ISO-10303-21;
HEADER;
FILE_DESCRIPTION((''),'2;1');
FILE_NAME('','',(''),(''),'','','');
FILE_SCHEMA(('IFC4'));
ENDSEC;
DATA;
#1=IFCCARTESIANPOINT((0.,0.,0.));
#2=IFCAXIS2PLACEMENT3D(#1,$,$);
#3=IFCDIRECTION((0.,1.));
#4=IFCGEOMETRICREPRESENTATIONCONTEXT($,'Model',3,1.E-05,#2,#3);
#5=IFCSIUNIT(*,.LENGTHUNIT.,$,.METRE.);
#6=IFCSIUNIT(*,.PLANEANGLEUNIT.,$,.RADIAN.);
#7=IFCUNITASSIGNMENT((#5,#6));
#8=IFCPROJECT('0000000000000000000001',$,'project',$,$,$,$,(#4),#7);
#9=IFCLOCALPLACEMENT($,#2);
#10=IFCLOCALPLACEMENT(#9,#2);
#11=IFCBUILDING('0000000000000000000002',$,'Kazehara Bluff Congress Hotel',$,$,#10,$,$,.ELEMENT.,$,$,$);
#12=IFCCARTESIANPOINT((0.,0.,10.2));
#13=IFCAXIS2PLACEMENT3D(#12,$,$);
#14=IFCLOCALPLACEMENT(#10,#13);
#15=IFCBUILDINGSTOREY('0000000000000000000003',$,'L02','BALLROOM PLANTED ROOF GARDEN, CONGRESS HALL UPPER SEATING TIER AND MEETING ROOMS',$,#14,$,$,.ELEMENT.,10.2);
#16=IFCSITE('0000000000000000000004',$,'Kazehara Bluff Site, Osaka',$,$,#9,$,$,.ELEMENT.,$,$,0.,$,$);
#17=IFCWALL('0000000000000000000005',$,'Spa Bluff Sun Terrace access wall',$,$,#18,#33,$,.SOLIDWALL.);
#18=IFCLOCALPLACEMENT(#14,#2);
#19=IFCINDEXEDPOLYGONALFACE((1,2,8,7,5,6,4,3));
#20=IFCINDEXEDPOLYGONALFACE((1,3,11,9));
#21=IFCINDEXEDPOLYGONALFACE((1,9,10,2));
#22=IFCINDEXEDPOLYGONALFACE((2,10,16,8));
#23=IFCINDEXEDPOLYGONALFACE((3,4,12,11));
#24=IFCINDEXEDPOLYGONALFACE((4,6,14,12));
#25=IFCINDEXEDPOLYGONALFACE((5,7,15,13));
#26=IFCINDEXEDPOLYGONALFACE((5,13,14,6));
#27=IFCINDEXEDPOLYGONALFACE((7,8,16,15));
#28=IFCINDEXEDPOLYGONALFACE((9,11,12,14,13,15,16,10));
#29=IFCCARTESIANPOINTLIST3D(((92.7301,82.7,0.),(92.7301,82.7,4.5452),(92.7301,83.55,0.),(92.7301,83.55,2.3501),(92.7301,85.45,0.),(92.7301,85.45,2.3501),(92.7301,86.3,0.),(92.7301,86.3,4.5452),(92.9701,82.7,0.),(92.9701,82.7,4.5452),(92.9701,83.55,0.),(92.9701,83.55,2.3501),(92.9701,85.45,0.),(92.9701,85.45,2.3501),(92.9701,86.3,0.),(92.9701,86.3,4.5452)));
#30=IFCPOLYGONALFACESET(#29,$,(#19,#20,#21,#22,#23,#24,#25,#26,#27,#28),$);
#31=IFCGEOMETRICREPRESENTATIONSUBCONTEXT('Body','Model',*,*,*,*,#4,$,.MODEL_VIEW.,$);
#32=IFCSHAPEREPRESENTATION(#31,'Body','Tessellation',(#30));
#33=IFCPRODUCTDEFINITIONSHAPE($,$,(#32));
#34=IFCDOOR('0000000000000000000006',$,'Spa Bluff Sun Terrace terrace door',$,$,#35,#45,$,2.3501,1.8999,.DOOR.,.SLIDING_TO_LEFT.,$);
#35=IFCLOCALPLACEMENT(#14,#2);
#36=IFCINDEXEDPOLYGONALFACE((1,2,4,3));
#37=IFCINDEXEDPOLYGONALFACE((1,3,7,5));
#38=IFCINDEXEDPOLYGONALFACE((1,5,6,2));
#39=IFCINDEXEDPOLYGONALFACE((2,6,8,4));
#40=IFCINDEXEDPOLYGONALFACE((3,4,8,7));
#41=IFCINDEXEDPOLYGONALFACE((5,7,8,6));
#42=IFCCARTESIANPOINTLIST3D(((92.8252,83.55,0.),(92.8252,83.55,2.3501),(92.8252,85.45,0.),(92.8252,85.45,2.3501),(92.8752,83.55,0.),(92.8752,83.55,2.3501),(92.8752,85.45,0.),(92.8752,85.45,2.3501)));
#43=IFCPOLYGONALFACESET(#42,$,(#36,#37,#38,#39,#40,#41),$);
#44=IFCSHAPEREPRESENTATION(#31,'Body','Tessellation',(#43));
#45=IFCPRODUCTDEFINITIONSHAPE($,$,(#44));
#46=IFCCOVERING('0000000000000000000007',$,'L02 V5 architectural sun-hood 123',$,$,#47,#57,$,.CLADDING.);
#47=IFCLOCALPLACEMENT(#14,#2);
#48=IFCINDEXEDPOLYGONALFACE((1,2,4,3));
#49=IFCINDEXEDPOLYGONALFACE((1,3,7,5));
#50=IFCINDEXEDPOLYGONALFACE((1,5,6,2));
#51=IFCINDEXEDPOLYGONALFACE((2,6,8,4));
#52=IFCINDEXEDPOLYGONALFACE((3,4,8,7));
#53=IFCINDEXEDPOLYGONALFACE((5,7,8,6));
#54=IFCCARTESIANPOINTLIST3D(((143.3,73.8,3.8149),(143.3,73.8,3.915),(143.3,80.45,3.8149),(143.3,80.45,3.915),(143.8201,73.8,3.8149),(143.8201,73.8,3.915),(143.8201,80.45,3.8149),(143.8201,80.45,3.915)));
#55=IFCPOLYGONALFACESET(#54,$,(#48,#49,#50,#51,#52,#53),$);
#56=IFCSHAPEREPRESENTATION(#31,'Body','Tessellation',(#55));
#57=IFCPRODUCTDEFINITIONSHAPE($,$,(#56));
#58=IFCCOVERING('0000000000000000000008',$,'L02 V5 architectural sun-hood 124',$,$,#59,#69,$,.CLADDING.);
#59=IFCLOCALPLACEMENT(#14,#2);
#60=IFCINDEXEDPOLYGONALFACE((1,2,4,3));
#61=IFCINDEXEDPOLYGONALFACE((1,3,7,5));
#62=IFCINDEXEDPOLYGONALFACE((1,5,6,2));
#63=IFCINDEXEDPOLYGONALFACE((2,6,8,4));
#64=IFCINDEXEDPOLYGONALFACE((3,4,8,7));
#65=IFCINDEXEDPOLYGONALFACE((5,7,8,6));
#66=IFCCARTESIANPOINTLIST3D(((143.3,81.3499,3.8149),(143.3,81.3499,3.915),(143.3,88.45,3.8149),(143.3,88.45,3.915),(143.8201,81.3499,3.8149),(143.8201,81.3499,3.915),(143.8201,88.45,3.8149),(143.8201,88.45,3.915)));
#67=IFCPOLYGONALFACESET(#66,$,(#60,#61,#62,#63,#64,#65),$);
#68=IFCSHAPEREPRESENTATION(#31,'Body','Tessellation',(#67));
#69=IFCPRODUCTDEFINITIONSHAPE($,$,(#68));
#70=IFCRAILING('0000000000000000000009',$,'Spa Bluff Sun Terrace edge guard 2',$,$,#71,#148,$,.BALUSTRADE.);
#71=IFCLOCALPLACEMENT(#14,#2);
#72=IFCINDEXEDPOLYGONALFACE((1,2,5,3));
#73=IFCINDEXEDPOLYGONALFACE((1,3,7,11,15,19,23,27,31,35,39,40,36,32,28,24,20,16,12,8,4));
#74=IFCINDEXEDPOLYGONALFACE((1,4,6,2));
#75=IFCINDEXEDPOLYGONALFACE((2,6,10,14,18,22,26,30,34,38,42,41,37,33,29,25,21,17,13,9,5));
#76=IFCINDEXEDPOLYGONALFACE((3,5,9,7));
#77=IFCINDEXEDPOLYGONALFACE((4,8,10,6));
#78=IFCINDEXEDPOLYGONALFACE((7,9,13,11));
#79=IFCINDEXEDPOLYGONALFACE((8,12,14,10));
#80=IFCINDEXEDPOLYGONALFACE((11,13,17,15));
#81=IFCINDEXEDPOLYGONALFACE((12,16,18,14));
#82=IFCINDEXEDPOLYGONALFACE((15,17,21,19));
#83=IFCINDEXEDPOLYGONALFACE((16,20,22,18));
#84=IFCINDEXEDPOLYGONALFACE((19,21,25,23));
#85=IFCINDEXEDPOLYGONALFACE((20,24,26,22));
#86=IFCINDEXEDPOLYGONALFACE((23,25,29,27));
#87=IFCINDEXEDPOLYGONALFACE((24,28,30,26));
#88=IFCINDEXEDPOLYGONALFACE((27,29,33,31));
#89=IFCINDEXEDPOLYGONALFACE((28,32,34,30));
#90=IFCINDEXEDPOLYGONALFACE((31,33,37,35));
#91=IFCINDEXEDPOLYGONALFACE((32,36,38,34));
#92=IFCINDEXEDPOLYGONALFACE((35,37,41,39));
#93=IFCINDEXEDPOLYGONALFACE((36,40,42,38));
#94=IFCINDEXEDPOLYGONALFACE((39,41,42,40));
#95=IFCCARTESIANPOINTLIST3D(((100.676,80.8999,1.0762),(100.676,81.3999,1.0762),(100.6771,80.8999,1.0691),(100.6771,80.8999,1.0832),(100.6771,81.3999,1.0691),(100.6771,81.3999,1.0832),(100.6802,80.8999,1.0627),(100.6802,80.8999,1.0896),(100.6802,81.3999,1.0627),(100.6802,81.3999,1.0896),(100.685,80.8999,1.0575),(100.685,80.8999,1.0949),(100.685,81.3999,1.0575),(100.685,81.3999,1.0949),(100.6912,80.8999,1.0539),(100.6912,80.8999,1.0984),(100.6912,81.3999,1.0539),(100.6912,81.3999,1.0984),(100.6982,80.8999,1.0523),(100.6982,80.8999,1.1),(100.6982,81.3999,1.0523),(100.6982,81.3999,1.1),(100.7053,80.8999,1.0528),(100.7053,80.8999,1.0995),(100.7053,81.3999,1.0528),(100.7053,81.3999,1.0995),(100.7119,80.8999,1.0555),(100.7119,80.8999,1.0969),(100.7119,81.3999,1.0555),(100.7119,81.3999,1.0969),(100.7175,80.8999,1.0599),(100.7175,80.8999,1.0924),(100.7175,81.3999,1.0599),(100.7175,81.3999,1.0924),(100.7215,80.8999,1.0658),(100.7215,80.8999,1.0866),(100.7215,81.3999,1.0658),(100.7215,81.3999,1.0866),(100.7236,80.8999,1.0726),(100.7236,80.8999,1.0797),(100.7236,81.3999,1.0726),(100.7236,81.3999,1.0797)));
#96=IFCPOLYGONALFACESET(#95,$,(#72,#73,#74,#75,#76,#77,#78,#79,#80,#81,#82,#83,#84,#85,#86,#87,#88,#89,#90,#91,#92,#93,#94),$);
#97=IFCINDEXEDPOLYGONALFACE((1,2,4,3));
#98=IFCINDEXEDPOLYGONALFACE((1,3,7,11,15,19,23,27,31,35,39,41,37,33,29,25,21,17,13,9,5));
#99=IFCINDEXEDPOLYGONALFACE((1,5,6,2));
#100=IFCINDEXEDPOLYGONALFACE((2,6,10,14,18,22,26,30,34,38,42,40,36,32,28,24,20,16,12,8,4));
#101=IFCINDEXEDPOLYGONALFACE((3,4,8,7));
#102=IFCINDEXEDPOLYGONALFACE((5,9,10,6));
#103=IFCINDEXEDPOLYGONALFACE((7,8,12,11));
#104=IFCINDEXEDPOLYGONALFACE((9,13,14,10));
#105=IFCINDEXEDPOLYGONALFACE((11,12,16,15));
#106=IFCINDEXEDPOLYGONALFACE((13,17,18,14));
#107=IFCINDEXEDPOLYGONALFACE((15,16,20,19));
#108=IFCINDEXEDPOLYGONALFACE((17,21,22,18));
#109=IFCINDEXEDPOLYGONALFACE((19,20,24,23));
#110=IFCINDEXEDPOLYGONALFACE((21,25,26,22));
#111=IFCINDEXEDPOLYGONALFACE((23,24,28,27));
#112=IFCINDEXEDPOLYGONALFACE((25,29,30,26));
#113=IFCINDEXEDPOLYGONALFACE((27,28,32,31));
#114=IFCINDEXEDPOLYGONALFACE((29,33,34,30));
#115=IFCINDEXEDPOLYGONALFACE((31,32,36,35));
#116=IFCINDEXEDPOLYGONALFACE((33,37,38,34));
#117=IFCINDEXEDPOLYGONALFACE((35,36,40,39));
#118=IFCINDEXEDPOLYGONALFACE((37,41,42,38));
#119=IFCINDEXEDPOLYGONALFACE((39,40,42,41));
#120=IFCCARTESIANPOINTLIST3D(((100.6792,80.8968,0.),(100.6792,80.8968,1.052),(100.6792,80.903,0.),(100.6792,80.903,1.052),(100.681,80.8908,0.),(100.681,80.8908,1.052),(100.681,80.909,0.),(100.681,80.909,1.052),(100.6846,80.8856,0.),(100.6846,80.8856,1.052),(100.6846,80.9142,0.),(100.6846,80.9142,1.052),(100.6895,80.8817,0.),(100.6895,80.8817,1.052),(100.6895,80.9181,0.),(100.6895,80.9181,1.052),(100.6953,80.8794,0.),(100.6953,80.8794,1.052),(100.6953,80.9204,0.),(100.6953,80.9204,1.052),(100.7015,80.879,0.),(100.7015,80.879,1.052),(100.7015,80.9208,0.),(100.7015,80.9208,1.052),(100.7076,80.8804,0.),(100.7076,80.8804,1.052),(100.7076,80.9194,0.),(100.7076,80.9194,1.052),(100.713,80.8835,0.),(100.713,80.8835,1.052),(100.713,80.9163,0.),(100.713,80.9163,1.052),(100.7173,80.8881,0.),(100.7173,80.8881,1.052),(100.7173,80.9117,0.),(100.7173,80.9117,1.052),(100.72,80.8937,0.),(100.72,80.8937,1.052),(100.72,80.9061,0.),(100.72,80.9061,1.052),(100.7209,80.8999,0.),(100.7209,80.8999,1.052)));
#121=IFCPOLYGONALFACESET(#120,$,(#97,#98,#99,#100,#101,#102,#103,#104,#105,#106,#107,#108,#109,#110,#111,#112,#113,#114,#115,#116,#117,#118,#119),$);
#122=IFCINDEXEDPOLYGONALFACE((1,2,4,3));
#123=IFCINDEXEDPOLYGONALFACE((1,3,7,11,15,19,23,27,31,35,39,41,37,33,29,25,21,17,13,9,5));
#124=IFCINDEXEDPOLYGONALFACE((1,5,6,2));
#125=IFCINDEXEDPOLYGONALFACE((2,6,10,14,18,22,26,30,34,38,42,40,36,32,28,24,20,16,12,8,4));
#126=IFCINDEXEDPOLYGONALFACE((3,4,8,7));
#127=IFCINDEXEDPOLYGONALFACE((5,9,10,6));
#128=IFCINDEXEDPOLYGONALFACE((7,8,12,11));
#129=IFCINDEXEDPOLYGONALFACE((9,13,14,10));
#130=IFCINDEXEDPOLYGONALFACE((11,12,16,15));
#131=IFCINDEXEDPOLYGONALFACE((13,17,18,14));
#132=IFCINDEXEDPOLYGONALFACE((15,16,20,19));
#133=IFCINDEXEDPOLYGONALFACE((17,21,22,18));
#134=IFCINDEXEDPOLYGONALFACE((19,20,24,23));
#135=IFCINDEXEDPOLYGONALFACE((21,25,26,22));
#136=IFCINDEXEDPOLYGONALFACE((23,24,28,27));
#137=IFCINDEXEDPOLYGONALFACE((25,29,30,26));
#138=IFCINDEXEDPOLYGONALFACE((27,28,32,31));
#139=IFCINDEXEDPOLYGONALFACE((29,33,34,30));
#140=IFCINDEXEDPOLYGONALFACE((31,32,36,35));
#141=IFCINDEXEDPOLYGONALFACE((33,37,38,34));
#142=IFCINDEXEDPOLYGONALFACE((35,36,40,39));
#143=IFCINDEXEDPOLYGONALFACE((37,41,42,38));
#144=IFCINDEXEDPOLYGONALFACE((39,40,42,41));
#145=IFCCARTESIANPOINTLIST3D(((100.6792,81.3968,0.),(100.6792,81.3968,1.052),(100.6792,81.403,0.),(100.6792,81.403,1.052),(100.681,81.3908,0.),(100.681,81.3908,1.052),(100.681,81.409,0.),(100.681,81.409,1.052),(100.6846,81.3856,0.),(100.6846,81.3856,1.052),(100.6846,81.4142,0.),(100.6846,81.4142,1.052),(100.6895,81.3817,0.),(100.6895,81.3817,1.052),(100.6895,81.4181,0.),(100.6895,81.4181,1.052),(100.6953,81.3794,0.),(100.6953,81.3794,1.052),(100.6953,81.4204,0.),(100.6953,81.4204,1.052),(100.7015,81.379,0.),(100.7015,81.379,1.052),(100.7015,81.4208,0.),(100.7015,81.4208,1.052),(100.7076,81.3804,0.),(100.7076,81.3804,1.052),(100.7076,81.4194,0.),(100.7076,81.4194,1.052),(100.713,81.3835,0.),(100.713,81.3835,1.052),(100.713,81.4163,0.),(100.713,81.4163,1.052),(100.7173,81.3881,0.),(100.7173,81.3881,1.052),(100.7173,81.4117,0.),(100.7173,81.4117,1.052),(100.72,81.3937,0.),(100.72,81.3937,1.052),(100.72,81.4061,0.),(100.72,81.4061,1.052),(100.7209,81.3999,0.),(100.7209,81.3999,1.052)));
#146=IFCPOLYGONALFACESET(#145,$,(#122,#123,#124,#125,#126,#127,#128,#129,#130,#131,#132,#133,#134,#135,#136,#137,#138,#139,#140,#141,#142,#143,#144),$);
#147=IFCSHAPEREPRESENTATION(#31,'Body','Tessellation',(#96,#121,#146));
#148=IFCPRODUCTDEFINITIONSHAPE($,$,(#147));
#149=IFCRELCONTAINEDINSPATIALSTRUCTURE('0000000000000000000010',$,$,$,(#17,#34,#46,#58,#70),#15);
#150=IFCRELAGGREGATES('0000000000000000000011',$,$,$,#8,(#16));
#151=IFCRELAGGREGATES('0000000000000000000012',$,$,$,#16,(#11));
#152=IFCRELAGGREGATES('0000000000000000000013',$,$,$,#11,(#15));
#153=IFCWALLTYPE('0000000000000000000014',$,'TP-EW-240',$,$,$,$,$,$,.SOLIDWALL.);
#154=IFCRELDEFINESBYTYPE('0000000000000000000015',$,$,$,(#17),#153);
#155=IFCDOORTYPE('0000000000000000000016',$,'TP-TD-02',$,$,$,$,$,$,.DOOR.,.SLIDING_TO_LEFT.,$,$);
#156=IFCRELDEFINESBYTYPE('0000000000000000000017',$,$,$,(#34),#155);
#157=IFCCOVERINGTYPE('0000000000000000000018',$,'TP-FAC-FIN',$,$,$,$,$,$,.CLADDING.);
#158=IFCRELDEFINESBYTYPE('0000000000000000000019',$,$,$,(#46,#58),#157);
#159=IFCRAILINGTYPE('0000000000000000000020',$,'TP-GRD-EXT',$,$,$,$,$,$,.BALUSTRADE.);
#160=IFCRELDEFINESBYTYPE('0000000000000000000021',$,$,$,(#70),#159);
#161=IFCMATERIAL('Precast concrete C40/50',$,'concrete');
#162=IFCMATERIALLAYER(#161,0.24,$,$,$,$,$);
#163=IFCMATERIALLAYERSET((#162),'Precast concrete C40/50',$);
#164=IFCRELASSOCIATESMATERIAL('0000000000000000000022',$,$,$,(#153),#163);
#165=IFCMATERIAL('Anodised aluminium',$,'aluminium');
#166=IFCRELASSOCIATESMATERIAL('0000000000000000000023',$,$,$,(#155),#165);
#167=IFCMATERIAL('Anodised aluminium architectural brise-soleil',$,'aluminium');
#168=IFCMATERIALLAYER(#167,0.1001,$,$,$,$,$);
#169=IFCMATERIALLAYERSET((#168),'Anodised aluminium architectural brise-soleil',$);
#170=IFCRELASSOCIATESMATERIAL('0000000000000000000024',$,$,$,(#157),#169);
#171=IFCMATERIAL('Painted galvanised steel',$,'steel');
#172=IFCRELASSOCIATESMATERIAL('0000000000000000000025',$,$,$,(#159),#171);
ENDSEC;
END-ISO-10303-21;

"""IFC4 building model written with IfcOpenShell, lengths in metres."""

from ifc_helpers import new_model, si_unit, direction, frame, frame_2d, origin, origin_2d, place, context, subcontext, project, spatial, rectangle, circle, extrude, material, layer, layer_set, type_object, element, fill, save


model = new_model("IFC4")

# Units and contexts
model_context = context("Model", 3, precision=1e-05, world=origin(), true_north=direction((0.0, 1.0)))
body_context = subcontext(model_context, "Body", "Model", "MODEL_VIEW")
ifc_project = project(units=[si_unit("LENGTHUNIT", "METRE"), si_unit("PLANEANGLEUNIT", "RADIAN")], contexts=[model_context])

# Site, building, storey
site_placement = place(None, origin())
site = spatial("IfcSite", under=ifc_project, at=site_placement, Name="Kazehara Bluff Site, Osaka", CompositionType="ELEMENT", RefElevation=0.0)
building_placement = place(site_placement, origin())
building = spatial("IfcBuilding", under=site, at=building_placement, Name="Kazehara Bluff Congress Hotel", CompositionType="ELEMENT")
storey_placement = place(building_placement, frame((0.0, 0.0, 10.2)))
storey = spatial("IfcBuildingStorey", under=building, at=storey_placement, Name="L02", Description="BALLROOM PLANTED ROOF GARDEN, CONGRESS HALL UPPER SEATING TIER AND MEETING ROOMS", CompositionType="ELEMENT", Elevation=10.2)

# Wall, opening, door
ifc_material_1 = material(Name="Precast concrete C40/50", Category="concrete")
ifc_layer_1 = layer(ifc_material_1, 0.24)
ifc_layer_set_1 = layer_set([ifc_layer_1], Name="Precast concrete C40/50")
wall_type = type_object("IfcWallType", Name="TP-EW-240", PredefinedType="SOLIDWALL", material=ifc_layer_set_1)
wall_placement = place(storey_placement, frame((92.8501, 82.7, 0.0), z_axis=(0.0, 0.0, 1.0), x_axis=(0.0, 1.0, 0.0)))
wall = element("IfcWall", 1, at=wall_placement, inside=storey, type_object=wall_type, Name="Spa Bluff Sun Terrace access wall", PredefinedType="SOLIDWALL", context=body_context, shape_type="SweptSolid", body=[
    extrude(rectangle(XDim=3.6001, YDim=0.24, at=frame_2d((1.8, 0.0))), origin(), (0.0, 0.0, 1.0), 4.5452),
])
opening_placement = place(wall_placement, frame((0.8501, 0.0, 0.0)))
opening = element("IfcOpeningElement", 2, at=opening_placement, cuts=wall, PredefinedType="OPENING", context=body_context, shape_type="SweptSolid", body=[
    extrude(rectangle(XDim=1.8999, YDim=2.3501, at=frame_2d((0.95, 1.175))), frame((0.0, 0.1299, 0.0), z_axis=(0.0, -1.0, 0.0), x_axis=(1.0, 0.0, 0.0)), (0.0, 0.0, 1.0), 0.26),
])
ifc_material_2 = material(Name="Anodised aluminium", Category="aluminium")
door_type = type_object("IfcDoorType", Name="TP-TD-02", OperationType="SLIDING_TO_LEFT", PredefinedType="DOOR", material=ifc_material_2)
door_placement = place(opening_placement, origin())
door = element("IfcDoor", 3, at=door_placement, inside=storey, type_object=door_type, Name="Spa Bluff Sun Terrace terrace door", OperationType="SLIDING_TO_LEFT", OverallHeight=2.3501, OverallWidth=1.8999, PredefinedType="DOOR", context=body_context, shape_type="SweptSolid", body=[
    extrude(rectangle(XDim=1.8999, YDim=2.3501, at=frame_2d((0.95, 1.175))), frame((0.0, 0.0249, 0.0), z_axis=(0.0, -1.0, 0.0), x_axis=(1.0, 0.0, 0.0)), (0.0, 0.0, 1.0), 0.05),
])
fill(opening, door)

# Coverings
ifc_material_3 = material(Name="Anodised aluminium architectural brise-soleil", Category="aluminium")
ifc_layer_2 = layer(ifc_material_3, 0.1001)
ifc_layer_set_2 = layer_set([ifc_layer_2], Name="Anodised aluminium architectural brise-soleil")
covering_type = type_object("IfcCoveringType", Name="TP-FAC-FIN", PredefinedType="CLADDING", material=ifc_layer_set_2)
covering_1_placement = place(storey_placement, frame((143.5601, 77.125, 3.8149), z_axis=(0.0, 0.0, 1.0), x_axis=(1.0, 0.0, 0.0)))
element("IfcCovering", 4, at=covering_1_placement, inside=storey, type_object=covering_type, Name="L02 V5 architectural sun-hood 123", PredefinedType="CLADDING", context=body_context, shape_type="SweptSolid", body=[
    extrude(rectangle(XDim=0.52, YDim=6.6499, at=origin_2d()), origin(), (0.0, 0.0, 1.0), 0.1001),
])
covering_2_placement = place(storey_placement, frame((143.5601, 84.8999, 3.8149), z_axis=(0.0, 0.0, 1.0), x_axis=(1.0, 0.0, 0.0)))
element("IfcCovering", 5, at=covering_2_placement, inside=storey, type_object=covering_type, Name="L02 V5 architectural sun-hood 124", PredefinedType="CLADDING", context=body_context, shape_type="SweptSolid", body=[
    extrude(rectangle(XDim=0.52, YDim=7.1001, at=origin_2d()), origin(), (0.0, 0.0, 1.0), 0.1001),
])

# Railing
ifc_material_4 = material(Name="Painted galvanised steel", Category="steel")
railing_type = type_object("IfcRailingType", Name="TP-GRD-EXT", PredefinedType="BALUSTRADE", material=ifc_material_4)
railing_1_placement = place(storey_placement, frame((100.7, 80.8999, 0.0)))
element("IfcRailing", 6, at=railing_1_placement, inside=storey, type_object=railing_type, Name="Spa Bluff Sun Terrace edge guard 2", PredefinedType="BALUSTRADE", context=body_context, shape_type="SweptSolid", body=[
    extrude(circle(Radius=0.0239, at=origin_2d()), frame((0.0, 0.0, 1.0762), z_axis=(0.0, 1.0, 0.0), x_axis=(-1.0, 0.0, 0.0)), (0.0, 0.0, 1.0), 0.5),
    extrude(circle(Radius=0.021, at=origin_2d()), origin(), (0.0, 0.0, 1.0), 1.052),
    extrude(circle(Radius=0.021, at=origin_2d()), frame((0.0, 0.5, 0.0)), (0.0, 0.0, 1.0), 1.052),
])

save(model, "model.ifc")
